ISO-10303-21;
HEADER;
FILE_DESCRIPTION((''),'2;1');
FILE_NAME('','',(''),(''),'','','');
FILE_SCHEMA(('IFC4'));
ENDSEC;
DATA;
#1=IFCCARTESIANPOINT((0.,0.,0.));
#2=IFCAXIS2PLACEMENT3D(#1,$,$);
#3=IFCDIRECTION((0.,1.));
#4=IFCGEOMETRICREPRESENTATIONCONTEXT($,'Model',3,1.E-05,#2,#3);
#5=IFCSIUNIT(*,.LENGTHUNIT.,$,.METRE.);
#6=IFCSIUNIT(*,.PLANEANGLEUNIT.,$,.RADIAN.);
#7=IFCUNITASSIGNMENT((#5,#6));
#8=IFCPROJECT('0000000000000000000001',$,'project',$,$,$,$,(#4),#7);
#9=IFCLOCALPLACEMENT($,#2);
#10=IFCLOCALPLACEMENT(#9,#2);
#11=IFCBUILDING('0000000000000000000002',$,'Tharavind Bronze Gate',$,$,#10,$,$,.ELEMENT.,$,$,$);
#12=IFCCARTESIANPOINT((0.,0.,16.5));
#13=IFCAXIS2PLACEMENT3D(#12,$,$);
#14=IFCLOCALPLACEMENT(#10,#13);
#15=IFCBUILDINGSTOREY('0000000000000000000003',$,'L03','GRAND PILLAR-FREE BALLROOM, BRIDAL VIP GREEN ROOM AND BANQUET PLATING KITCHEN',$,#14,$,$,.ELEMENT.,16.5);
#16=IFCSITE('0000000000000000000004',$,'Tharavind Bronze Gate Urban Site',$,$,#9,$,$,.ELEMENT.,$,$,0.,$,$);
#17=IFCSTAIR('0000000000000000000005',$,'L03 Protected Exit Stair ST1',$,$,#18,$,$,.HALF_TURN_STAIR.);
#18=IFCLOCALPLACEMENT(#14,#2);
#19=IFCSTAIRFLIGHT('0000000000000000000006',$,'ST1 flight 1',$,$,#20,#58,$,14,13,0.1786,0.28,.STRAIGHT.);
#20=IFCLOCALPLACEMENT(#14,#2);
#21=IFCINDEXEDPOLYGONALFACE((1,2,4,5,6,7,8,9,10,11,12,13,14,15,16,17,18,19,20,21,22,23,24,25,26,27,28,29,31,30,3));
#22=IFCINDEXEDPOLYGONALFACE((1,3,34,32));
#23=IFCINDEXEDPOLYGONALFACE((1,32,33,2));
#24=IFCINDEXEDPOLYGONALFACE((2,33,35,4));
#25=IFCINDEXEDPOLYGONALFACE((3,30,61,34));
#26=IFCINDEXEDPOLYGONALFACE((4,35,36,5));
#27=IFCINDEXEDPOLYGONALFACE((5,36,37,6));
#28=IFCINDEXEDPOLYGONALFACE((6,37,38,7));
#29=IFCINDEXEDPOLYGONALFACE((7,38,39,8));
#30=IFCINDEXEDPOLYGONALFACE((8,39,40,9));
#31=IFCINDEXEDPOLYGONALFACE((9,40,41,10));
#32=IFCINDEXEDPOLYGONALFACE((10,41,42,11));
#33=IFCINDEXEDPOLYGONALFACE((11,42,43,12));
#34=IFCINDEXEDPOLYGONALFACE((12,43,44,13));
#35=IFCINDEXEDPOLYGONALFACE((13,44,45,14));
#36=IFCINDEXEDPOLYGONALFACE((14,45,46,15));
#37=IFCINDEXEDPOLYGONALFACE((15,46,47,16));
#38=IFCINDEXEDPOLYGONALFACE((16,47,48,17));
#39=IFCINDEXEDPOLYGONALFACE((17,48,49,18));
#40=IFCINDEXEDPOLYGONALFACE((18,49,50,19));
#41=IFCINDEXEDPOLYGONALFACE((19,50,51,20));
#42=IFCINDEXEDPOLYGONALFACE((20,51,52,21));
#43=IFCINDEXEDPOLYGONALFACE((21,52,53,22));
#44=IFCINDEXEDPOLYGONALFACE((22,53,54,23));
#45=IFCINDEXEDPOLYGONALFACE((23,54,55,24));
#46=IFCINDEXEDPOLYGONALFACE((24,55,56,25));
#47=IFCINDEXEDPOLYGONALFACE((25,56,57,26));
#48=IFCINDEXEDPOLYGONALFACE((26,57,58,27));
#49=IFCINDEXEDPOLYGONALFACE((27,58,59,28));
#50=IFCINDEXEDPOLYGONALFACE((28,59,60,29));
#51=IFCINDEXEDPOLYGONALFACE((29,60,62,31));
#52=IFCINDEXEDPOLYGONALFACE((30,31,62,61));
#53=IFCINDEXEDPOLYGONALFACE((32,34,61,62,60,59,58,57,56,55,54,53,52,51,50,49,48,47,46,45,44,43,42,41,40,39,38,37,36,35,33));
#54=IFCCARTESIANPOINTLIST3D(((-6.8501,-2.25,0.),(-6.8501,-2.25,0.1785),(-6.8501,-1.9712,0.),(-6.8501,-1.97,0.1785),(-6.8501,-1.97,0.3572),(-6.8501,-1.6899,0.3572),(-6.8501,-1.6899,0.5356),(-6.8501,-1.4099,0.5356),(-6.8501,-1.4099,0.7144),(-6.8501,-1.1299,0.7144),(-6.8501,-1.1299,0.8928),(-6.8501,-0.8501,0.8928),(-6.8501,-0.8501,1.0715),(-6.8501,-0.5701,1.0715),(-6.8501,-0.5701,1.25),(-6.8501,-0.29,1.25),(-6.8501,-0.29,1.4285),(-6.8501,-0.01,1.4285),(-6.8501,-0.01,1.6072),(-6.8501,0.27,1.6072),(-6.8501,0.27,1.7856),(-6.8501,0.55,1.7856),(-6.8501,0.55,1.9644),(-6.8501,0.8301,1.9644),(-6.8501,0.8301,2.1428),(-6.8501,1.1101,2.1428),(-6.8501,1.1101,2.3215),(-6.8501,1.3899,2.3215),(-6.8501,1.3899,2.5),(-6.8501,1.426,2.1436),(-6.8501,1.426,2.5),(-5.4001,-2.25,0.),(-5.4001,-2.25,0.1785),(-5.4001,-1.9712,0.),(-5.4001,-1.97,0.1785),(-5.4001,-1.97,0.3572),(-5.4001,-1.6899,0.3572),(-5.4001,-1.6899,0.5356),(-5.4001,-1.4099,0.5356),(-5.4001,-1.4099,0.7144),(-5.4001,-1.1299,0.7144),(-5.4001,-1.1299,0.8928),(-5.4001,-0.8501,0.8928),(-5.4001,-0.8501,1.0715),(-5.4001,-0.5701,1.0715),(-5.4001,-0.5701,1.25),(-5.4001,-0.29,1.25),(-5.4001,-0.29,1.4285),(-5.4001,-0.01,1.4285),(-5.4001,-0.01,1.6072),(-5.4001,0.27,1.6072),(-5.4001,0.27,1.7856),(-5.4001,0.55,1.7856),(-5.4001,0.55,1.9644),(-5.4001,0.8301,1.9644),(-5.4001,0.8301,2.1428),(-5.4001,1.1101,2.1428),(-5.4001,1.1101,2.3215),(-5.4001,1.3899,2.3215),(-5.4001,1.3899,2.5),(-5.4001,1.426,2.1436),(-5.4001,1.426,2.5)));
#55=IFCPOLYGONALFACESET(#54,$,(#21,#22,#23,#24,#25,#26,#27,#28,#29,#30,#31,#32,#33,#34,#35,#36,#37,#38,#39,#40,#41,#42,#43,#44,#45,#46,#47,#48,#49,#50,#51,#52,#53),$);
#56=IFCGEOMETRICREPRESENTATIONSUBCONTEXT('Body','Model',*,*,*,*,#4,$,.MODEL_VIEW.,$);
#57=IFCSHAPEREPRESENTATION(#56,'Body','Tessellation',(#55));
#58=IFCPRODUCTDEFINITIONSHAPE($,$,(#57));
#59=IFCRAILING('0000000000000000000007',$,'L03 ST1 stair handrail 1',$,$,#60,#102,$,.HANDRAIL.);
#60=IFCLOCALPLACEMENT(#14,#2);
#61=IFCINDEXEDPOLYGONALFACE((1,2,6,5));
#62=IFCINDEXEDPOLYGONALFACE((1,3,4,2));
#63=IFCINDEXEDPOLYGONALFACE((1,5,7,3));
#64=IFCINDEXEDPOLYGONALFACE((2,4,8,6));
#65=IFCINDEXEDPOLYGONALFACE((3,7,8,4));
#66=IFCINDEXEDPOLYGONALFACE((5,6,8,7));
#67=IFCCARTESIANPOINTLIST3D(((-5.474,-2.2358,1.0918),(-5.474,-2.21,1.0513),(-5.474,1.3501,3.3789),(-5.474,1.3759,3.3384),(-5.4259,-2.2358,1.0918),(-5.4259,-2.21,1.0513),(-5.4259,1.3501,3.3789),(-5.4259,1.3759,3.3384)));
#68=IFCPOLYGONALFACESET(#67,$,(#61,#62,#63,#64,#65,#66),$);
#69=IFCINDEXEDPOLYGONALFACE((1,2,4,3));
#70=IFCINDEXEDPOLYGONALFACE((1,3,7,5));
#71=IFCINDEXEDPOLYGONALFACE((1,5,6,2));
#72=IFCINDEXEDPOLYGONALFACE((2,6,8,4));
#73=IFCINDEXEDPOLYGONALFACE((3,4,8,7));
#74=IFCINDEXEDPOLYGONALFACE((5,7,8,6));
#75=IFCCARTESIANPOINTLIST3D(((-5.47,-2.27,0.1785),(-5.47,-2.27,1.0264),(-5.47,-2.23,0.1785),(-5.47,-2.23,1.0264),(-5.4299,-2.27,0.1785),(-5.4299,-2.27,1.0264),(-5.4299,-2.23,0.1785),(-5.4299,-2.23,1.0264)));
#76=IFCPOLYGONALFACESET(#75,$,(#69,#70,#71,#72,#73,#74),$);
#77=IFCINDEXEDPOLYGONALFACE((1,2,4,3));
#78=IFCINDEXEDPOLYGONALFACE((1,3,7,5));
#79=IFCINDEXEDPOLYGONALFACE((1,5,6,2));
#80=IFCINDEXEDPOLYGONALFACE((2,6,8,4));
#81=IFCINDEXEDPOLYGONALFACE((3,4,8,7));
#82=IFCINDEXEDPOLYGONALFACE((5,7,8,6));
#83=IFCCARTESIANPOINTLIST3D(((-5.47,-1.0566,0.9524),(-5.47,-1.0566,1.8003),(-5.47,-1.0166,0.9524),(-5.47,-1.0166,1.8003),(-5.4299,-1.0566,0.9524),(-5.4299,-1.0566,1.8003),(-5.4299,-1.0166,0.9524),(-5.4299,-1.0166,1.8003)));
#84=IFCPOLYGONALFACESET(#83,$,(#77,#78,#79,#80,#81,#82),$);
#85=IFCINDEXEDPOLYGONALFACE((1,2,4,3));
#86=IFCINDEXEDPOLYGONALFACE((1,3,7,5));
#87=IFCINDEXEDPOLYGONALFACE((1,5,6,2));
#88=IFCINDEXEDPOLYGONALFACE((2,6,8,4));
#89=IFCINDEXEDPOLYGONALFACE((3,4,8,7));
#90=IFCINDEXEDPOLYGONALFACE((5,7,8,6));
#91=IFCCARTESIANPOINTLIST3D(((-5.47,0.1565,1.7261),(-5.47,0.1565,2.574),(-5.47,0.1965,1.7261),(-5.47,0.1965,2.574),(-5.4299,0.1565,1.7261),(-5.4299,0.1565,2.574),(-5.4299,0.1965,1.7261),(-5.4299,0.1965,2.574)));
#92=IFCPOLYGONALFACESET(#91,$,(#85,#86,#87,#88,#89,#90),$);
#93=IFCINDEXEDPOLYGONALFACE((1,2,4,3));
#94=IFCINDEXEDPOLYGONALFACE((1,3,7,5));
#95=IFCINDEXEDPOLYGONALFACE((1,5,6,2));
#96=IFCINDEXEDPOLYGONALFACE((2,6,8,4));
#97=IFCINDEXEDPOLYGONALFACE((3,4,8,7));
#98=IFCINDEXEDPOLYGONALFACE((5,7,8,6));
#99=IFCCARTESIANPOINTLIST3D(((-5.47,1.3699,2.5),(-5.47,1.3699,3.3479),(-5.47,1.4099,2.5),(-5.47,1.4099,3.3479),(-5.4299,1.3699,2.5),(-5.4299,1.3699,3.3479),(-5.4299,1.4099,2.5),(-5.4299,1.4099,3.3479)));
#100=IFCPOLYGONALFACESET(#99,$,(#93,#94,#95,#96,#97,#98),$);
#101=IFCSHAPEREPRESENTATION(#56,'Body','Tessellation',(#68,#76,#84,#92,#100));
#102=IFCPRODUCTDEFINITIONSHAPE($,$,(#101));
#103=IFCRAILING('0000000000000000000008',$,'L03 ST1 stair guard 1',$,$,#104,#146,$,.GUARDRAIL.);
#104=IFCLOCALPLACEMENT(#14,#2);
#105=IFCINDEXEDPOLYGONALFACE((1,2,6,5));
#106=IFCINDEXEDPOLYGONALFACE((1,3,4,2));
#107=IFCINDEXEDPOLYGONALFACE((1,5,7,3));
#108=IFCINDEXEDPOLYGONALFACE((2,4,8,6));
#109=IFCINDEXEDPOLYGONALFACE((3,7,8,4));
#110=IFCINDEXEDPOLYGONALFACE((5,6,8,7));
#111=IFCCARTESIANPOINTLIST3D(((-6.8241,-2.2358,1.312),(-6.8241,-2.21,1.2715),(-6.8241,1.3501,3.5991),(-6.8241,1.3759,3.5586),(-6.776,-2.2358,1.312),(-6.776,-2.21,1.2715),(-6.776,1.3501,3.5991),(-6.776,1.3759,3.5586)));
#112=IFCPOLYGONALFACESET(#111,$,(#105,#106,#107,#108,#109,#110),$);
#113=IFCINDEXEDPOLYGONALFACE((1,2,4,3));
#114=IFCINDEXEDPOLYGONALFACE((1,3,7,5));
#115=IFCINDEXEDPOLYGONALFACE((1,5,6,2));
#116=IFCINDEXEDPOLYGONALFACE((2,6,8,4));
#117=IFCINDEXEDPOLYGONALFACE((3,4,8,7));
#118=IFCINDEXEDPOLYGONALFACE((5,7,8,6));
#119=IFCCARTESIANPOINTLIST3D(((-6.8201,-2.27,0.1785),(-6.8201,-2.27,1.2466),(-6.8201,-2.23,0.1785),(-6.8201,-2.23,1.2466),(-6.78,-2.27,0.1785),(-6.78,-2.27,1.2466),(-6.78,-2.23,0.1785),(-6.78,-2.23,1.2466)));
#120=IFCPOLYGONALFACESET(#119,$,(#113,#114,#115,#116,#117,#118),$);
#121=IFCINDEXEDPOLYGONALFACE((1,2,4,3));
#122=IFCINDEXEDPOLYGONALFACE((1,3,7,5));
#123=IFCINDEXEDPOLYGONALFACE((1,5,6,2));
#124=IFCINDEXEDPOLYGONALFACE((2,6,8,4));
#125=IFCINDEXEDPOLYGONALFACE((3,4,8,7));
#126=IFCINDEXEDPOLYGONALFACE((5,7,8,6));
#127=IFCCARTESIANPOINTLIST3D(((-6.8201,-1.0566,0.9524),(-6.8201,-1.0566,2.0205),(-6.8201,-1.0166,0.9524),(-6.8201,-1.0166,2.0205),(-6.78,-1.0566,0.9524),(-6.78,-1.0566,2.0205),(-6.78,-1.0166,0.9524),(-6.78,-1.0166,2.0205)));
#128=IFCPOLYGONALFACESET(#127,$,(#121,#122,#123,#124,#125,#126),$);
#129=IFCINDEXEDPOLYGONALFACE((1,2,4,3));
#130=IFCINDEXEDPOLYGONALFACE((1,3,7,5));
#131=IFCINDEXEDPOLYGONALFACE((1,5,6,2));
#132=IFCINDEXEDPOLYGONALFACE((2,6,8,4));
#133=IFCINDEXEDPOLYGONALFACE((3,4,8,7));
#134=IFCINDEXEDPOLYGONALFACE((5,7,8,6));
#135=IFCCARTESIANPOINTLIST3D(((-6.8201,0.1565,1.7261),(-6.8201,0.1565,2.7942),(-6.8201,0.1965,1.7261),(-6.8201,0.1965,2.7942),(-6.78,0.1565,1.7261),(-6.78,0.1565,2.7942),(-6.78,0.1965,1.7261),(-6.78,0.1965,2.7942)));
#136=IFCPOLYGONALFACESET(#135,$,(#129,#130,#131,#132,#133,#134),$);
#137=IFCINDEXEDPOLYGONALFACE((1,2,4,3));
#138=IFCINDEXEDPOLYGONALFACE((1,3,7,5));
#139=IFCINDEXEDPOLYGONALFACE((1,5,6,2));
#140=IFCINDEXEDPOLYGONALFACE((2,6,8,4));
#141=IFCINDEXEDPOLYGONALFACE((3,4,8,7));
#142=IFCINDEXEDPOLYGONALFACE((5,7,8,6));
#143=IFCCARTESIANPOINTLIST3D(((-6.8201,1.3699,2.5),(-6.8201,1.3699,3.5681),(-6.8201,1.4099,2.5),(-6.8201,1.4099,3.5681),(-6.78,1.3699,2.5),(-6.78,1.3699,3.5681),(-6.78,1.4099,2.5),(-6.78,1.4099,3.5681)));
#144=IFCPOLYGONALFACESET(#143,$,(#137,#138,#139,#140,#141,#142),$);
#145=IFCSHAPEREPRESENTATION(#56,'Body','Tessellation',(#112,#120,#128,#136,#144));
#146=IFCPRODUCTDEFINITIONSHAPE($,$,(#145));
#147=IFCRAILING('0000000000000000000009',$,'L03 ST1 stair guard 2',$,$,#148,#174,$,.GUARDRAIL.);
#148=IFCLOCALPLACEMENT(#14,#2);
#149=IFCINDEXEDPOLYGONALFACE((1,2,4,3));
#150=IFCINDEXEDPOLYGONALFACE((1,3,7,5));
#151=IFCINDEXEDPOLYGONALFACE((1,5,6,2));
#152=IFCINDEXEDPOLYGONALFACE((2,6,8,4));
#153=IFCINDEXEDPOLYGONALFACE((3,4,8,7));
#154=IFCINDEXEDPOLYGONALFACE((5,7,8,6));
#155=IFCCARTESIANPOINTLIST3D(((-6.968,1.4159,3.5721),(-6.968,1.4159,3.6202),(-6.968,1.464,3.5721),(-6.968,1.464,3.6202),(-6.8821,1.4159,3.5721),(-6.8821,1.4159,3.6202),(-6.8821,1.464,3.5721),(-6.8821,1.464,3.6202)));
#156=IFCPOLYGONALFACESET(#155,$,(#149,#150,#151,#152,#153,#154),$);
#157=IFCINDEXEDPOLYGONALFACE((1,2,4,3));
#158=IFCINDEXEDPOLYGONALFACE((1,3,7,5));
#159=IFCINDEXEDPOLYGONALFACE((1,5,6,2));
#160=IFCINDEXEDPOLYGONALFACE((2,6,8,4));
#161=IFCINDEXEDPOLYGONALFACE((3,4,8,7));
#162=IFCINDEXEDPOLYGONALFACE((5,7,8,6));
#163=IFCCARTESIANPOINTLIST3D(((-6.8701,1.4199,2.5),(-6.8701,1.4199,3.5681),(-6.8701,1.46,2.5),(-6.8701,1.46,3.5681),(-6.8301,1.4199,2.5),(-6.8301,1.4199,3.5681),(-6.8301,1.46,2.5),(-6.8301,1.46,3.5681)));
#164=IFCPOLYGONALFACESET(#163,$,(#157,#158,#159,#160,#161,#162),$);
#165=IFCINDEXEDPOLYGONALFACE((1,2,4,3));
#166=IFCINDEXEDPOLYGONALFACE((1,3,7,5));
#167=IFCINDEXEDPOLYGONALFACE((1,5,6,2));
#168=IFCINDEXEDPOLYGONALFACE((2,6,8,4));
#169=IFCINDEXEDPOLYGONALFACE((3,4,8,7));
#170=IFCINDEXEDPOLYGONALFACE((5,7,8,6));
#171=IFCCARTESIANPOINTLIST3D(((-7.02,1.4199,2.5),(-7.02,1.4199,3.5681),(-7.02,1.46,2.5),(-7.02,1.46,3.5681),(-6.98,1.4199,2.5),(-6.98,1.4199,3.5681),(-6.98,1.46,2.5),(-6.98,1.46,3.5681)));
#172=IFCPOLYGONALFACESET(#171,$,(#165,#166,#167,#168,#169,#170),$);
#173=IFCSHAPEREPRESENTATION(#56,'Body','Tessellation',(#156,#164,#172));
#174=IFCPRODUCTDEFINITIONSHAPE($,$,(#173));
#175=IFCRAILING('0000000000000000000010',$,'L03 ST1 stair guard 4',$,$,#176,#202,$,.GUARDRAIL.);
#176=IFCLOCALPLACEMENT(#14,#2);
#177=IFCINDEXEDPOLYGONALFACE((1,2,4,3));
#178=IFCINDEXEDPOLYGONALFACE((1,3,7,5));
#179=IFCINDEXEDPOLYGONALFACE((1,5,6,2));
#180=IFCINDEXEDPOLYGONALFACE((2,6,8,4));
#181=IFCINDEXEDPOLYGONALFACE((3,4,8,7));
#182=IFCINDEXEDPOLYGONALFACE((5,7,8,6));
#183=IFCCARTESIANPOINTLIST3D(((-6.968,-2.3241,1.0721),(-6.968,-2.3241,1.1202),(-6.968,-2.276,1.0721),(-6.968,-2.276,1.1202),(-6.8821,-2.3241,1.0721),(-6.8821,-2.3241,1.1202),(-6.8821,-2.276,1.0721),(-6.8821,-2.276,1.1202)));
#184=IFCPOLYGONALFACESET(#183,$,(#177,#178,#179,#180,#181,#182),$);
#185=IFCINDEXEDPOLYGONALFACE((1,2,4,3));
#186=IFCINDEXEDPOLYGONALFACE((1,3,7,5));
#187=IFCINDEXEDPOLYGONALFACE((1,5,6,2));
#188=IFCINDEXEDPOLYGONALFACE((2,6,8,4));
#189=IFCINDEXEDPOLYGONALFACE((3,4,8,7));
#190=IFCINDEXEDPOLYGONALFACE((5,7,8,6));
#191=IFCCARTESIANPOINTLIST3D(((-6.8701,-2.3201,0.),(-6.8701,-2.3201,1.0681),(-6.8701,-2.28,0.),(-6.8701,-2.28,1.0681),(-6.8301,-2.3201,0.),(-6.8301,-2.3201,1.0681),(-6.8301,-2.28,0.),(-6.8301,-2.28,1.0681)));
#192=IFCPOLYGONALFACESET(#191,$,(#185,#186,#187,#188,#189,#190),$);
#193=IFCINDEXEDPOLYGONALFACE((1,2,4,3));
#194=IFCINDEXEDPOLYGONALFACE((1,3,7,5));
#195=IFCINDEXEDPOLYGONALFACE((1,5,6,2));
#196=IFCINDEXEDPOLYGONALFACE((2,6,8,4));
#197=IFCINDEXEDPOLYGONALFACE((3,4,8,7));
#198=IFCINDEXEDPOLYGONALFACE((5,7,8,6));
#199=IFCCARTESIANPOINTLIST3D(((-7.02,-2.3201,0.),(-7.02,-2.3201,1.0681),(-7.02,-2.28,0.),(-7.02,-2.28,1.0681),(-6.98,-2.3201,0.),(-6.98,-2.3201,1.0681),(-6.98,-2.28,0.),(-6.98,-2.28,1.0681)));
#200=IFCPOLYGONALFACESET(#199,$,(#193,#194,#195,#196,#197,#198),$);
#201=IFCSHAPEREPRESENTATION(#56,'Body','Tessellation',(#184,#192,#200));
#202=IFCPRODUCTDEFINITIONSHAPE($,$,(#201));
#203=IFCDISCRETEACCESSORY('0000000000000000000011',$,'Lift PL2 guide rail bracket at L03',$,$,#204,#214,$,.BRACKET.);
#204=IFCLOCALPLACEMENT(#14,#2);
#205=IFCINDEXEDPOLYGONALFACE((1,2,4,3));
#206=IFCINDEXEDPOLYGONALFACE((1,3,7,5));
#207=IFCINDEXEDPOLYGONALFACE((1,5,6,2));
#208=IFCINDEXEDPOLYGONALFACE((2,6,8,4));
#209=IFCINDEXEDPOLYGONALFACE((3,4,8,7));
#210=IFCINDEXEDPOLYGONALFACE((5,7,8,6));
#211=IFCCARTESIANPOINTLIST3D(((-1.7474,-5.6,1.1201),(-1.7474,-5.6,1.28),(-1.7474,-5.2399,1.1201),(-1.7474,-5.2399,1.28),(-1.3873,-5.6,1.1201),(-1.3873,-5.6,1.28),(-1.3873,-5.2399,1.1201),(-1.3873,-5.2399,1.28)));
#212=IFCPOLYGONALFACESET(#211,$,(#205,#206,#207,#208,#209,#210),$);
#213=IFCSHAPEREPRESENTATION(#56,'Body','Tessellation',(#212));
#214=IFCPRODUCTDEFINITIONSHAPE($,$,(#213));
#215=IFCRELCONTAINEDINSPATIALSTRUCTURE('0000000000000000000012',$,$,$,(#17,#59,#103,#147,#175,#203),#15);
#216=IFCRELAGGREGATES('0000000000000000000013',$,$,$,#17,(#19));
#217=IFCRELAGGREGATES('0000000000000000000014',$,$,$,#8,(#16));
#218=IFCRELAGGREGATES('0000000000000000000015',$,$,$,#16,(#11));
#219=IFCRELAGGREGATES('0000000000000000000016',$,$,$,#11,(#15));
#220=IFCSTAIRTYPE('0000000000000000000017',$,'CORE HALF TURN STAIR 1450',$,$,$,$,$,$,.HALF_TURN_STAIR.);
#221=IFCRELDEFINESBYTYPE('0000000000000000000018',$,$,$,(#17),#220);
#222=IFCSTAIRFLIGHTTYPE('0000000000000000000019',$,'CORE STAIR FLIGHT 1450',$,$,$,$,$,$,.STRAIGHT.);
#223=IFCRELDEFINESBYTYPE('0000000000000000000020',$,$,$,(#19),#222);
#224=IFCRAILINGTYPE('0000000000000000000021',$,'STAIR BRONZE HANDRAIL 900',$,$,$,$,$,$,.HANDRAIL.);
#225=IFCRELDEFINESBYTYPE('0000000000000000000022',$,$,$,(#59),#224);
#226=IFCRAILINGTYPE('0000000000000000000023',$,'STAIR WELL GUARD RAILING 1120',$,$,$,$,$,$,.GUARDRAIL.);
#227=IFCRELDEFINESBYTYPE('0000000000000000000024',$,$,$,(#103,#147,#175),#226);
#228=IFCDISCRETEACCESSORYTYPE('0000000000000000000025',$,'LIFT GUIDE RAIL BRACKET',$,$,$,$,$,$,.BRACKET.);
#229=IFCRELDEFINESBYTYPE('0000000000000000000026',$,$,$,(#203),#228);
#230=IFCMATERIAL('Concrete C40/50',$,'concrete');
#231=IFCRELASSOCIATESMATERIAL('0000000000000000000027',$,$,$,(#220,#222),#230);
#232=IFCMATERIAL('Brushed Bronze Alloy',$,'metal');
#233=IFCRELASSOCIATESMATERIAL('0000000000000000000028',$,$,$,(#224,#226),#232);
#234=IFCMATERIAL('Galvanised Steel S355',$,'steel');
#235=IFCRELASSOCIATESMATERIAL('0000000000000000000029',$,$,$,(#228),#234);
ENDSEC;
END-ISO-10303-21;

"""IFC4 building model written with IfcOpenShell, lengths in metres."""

from ifc_helpers import new_model, si_unit, direction, frame, origin, origin_2d, place, context, subcontext, project, spatial, polyline, rectangle, outline, extrude, material, type_object, element, aggregate, save


model = new_model("IFC4")

# Units and contexts
model_context = context("Model", 3, precision=1e-05, world=origin(), true_north=direction((0.0, 1.0)))
body_context = subcontext(model_context, "Body", "Model", "MODEL_VIEW")
ifc_project = project(units=[si_unit("LENGTHUNIT", "METRE"), si_unit("PLANEANGLEUNIT", "RADIAN")], contexts=[model_context])

# Site, building, storey
site_placement = place(None, origin())
site = spatial("IfcSite", under=ifc_project, at=site_placement, Name="Tharavind Bronze Gate Urban Site", CompositionType="ELEMENT", RefElevation=0.0)
building_placement = place(site_placement, origin())
building = spatial("IfcBuilding", under=site, at=building_placement, Name="Tharavind Bronze Gate", CompositionType="ELEMENT")
storey_placement = place(building_placement, frame((0.0, 0.0, 16.5)))
storey = spatial("IfcBuildingStorey", under=building, at=storey_placement, Name="L03", Description="GRAND PILLAR-FREE BALLROOM, BRIDAL VIP GREEN ROOM AND BANQUET PLATING KITCHEN", CompositionType="ELEMENT", Elevation=16.5)

# Shared definitions
ifc_material_1 = material(Name="Concrete C40/50", Category="concrete")

# Stair, stair flight
stair_type = type_object("IfcStairType", Name="CORE HALF TURN STAIR 1450", PredefinedType="HALF_TURN_STAIR", material=ifc_material_1)
stair_placement = place(storey_placement, origin())
stair = element("IfcStair", 1, at=stair_placement, inside=storey, type_object=stair_type, Name="L03 Protected Exit Stair ST1", PredefinedType="HALF_TURN_STAIR")
stair_flight_type = type_object("IfcStairFlightType", Name="CORE STAIR FLIGHT 1450", PredefinedType="STRAIGHT", material=ifc_material_1)
stair_flight_placement = place(storey_placement, frame((-6.125, -2.25, 0.0), z_axis=(0.0, 0.0, 1.0), x_axis=(0.0, 1.0, 0.0)))
stair_flight = element("IfcStairFlight", 2, at=stair_flight_placement, type_object=stair_flight_type, Name="ST1 flight 1", NumberOfRisers=14, NumberOfTreads=13, PredefinedType="STRAIGHT", RiserHeight=0.1786, TreadLength=0.28, context=body_context, shape_type="SweptSolid", body=[
    extrude(outline(polyline([(0.0, 0.0), (0.0, 0.1785), (0.28, 0.1785), (0.28, 0.3572), (0.5601, 0.3572), (0.5601, 0.5356), (0.8401, 0.5356), (0.8401, 0.7144), (1.1201, 0.7144), (1.1201, 0.8928), (1.3999, 0.8928), (1.3999, 1.0715), (1.6799, 1.0715), (1.6799, 1.25), (1.96, 1.25), (1.96, 1.4285), (2.24, 1.4285), (2.24, 1.6072), (2.52, 1.6072), (2.52, 1.7856), (2.8, 1.7856), (2.8, 1.9644), (3.0801, 1.9644), (3.0801, 2.1428), (3.3601, 2.1428), (3.3601, 2.3215), (3.6399, 2.3215), (3.6399, 2.5), (3.676, 2.5), (3.676, 2.1436), (0.2788, 0.0), (0.0, 0.0)])), frame((0.0, 0.7251, 0.0), z_axis=(0.0, -1.0, 0.0), x_axis=(1.0, 0.0, 0.0)), (0.0, 0.0, 1.0), 1.45),
])
aggregate(stair, [stair_flight])

# Railings
ifc_material_2 = material(Name="Brushed Bronze Alloy", Category="metal")
railing_type_1 = type_object("IfcRailingType", Name="STAIR BRONZE HANDRAIL 900", PredefinedType="HANDRAIL", material=ifc_material_2)
railing_1_placement = place(storey_placement, frame((-5.45, -2.25, 0.1785)))
element("IfcRailing", 3, at=railing_1_placement, inside=storey, type_object=railing_type_1, Name="L03 ST1 stair handrail 1", PredefinedType="HANDRAIL", context=body_context, shape_type="SweptSolid", body=[
    extrude(rectangle(XDim=0.0481, YDim=0.0481, at=origin_2d()), frame((0.0, 0.0271, 0.8931), z_axis=(0.0, 0.843112, 0.537739), x_axis=(-1.0, 0.0, 0.0)), (0.0, 0.0, 1.0), 4.2532),
    extrude(rectangle(XDim=0.04, YDim=0.04, at=origin_2d()), origin(), (0.0, 0.0, 1.0), 0.8479),
    extrude(rectangle(XDim=0.04, YDim=0.04, at=origin_2d()), frame((0.0, 1.2134, 0.7739)), (0.0, 0.0, 1.0), 0.8479),
    extrude(rectangle(XDim=0.04, YDim=0.04, at=origin_2d()), frame((0.0, 2.4265, 1.5476)), (0.0, 0.0, 1.0), 0.8479),
    extrude(rectangle(XDim=0.04, YDim=0.04, at=origin_2d()), frame((0.0, 3.6399, 2.3215)), (0.0, 0.0, 1.0), 0.8479),
])
railing_type_2 = type_object("IfcRailingType", Name="STAIR WELL GUARD RAILING 1120", PredefinedType="GUARDRAIL", material=ifc_material_2)
railing_2_placement = place(storey_placement, frame((-6.8, -2.25, 0.1785)))
element("IfcRailing", 4, at=railing_2_placement, inside=storey, type_object=railing_type_2, Name="L03 ST1 stair guard 1", PredefinedType="GUARDRAIL", context=body_context, shape_type="SweptSolid", body=[
    extrude(rectangle(XDim=0.0481, YDim=0.0481, at=origin_2d()), frame((0.0, 0.0271, 1.1133), z_axis=(0.0, 0.843112, 0.537739), x_axis=(-1.0, 0.0, 0.0)), (0.0, 0.0, 1.0), 4.2532),
    extrude(rectangle(XDim=0.04, YDim=0.04, at=origin_2d()), origin(), (0.0, 0.0, 1.0), 1.0681),
    extrude(rectangle(XDim=0.04, YDim=0.04, at=origin_2d()), frame((0.0, 1.2134, 0.7739)), (0.0, 0.0, 1.0), 1.0681),
    extrude(rectangle(XDim=0.04, YDim=0.04, at=origin_2d()), frame((0.0, 2.4265, 1.5476)), (0.0, 0.0, 1.0), 1.0681),
    extrude(rectangle(XDim=0.04, YDim=0.04, at=origin_2d()), frame((0.0, 3.6399, 2.3215)), (0.0, 0.0, 1.0), 1.0681),
])
for number, where, name in (
    (5, (-6.8501, 1.4399, 2.5), "L03 ST1 stair guard 2"),
    (6, (-6.8501, -2.3, 0.0), "L03 ST1 stair guard 4"),
):
    element("IfcRailing", number, at=place(storey_placement, frame(where)), inside=storey, type_object=railing_type_2, Name=name, PredefinedType="GUARDRAIL", context=body_context, shape_type="SweptSolid", body=[
        extrude(rectangle(XDim=0.0481, YDim=0.0481, at=origin_2d()), frame((-0.032, 0.0, 1.0962), z_axis=(-1.0, 0.0, 0.0), x_axis=(0.0, -1.0, 0.0)), (0.0, 0.0, 1.0), 0.0859),
        extrude(rectangle(XDim=0.04, YDim=0.04, at=origin_2d()), origin(), (0.0, 0.0, 1.0), 1.0681),
        extrude(rectangle(XDim=0.04, YDim=0.04, at=origin_2d()), frame((-0.1499, 0.0, 0.0)), (0.0, 0.0, 1.0), 1.0681),
    ])

# Discrete accessory
ifc_material_3 = material(Name="Galvanised Steel S355", Category="steel")
discrete_accessory_type = type_object("IfcDiscreteAccessoryType", Name="LIFT GUIDE RAIL BRACKET", PredefinedType="BRACKET", material=ifc_material_3)
for number, where, z_axis, x_axis, name in (
    (7, (-1.5674, -5.4199, 1.1201), (0.0, 0.0, 1.0), (1.0, 0.0, 0.0), "Lift PL2 guide rail bracket at L03"),
):
    element("IfcDiscreteAccessory", number, at=place(storey_placement, frame(where, z_axis=z_axis, x_axis=x_axis)), inside=storey, type_object=discrete_accessory_type, Name=name, PredefinedType="BRACKET", context=body_context, shape_type="SweptSolid", body=[
        extrude(rectangle(XDim=0.3601, YDim=0.3601, at=origin_2d()), origin(), (0.0, 0.0, 1.0), 0.1599),
    ])

save(model, "model.ifc")
